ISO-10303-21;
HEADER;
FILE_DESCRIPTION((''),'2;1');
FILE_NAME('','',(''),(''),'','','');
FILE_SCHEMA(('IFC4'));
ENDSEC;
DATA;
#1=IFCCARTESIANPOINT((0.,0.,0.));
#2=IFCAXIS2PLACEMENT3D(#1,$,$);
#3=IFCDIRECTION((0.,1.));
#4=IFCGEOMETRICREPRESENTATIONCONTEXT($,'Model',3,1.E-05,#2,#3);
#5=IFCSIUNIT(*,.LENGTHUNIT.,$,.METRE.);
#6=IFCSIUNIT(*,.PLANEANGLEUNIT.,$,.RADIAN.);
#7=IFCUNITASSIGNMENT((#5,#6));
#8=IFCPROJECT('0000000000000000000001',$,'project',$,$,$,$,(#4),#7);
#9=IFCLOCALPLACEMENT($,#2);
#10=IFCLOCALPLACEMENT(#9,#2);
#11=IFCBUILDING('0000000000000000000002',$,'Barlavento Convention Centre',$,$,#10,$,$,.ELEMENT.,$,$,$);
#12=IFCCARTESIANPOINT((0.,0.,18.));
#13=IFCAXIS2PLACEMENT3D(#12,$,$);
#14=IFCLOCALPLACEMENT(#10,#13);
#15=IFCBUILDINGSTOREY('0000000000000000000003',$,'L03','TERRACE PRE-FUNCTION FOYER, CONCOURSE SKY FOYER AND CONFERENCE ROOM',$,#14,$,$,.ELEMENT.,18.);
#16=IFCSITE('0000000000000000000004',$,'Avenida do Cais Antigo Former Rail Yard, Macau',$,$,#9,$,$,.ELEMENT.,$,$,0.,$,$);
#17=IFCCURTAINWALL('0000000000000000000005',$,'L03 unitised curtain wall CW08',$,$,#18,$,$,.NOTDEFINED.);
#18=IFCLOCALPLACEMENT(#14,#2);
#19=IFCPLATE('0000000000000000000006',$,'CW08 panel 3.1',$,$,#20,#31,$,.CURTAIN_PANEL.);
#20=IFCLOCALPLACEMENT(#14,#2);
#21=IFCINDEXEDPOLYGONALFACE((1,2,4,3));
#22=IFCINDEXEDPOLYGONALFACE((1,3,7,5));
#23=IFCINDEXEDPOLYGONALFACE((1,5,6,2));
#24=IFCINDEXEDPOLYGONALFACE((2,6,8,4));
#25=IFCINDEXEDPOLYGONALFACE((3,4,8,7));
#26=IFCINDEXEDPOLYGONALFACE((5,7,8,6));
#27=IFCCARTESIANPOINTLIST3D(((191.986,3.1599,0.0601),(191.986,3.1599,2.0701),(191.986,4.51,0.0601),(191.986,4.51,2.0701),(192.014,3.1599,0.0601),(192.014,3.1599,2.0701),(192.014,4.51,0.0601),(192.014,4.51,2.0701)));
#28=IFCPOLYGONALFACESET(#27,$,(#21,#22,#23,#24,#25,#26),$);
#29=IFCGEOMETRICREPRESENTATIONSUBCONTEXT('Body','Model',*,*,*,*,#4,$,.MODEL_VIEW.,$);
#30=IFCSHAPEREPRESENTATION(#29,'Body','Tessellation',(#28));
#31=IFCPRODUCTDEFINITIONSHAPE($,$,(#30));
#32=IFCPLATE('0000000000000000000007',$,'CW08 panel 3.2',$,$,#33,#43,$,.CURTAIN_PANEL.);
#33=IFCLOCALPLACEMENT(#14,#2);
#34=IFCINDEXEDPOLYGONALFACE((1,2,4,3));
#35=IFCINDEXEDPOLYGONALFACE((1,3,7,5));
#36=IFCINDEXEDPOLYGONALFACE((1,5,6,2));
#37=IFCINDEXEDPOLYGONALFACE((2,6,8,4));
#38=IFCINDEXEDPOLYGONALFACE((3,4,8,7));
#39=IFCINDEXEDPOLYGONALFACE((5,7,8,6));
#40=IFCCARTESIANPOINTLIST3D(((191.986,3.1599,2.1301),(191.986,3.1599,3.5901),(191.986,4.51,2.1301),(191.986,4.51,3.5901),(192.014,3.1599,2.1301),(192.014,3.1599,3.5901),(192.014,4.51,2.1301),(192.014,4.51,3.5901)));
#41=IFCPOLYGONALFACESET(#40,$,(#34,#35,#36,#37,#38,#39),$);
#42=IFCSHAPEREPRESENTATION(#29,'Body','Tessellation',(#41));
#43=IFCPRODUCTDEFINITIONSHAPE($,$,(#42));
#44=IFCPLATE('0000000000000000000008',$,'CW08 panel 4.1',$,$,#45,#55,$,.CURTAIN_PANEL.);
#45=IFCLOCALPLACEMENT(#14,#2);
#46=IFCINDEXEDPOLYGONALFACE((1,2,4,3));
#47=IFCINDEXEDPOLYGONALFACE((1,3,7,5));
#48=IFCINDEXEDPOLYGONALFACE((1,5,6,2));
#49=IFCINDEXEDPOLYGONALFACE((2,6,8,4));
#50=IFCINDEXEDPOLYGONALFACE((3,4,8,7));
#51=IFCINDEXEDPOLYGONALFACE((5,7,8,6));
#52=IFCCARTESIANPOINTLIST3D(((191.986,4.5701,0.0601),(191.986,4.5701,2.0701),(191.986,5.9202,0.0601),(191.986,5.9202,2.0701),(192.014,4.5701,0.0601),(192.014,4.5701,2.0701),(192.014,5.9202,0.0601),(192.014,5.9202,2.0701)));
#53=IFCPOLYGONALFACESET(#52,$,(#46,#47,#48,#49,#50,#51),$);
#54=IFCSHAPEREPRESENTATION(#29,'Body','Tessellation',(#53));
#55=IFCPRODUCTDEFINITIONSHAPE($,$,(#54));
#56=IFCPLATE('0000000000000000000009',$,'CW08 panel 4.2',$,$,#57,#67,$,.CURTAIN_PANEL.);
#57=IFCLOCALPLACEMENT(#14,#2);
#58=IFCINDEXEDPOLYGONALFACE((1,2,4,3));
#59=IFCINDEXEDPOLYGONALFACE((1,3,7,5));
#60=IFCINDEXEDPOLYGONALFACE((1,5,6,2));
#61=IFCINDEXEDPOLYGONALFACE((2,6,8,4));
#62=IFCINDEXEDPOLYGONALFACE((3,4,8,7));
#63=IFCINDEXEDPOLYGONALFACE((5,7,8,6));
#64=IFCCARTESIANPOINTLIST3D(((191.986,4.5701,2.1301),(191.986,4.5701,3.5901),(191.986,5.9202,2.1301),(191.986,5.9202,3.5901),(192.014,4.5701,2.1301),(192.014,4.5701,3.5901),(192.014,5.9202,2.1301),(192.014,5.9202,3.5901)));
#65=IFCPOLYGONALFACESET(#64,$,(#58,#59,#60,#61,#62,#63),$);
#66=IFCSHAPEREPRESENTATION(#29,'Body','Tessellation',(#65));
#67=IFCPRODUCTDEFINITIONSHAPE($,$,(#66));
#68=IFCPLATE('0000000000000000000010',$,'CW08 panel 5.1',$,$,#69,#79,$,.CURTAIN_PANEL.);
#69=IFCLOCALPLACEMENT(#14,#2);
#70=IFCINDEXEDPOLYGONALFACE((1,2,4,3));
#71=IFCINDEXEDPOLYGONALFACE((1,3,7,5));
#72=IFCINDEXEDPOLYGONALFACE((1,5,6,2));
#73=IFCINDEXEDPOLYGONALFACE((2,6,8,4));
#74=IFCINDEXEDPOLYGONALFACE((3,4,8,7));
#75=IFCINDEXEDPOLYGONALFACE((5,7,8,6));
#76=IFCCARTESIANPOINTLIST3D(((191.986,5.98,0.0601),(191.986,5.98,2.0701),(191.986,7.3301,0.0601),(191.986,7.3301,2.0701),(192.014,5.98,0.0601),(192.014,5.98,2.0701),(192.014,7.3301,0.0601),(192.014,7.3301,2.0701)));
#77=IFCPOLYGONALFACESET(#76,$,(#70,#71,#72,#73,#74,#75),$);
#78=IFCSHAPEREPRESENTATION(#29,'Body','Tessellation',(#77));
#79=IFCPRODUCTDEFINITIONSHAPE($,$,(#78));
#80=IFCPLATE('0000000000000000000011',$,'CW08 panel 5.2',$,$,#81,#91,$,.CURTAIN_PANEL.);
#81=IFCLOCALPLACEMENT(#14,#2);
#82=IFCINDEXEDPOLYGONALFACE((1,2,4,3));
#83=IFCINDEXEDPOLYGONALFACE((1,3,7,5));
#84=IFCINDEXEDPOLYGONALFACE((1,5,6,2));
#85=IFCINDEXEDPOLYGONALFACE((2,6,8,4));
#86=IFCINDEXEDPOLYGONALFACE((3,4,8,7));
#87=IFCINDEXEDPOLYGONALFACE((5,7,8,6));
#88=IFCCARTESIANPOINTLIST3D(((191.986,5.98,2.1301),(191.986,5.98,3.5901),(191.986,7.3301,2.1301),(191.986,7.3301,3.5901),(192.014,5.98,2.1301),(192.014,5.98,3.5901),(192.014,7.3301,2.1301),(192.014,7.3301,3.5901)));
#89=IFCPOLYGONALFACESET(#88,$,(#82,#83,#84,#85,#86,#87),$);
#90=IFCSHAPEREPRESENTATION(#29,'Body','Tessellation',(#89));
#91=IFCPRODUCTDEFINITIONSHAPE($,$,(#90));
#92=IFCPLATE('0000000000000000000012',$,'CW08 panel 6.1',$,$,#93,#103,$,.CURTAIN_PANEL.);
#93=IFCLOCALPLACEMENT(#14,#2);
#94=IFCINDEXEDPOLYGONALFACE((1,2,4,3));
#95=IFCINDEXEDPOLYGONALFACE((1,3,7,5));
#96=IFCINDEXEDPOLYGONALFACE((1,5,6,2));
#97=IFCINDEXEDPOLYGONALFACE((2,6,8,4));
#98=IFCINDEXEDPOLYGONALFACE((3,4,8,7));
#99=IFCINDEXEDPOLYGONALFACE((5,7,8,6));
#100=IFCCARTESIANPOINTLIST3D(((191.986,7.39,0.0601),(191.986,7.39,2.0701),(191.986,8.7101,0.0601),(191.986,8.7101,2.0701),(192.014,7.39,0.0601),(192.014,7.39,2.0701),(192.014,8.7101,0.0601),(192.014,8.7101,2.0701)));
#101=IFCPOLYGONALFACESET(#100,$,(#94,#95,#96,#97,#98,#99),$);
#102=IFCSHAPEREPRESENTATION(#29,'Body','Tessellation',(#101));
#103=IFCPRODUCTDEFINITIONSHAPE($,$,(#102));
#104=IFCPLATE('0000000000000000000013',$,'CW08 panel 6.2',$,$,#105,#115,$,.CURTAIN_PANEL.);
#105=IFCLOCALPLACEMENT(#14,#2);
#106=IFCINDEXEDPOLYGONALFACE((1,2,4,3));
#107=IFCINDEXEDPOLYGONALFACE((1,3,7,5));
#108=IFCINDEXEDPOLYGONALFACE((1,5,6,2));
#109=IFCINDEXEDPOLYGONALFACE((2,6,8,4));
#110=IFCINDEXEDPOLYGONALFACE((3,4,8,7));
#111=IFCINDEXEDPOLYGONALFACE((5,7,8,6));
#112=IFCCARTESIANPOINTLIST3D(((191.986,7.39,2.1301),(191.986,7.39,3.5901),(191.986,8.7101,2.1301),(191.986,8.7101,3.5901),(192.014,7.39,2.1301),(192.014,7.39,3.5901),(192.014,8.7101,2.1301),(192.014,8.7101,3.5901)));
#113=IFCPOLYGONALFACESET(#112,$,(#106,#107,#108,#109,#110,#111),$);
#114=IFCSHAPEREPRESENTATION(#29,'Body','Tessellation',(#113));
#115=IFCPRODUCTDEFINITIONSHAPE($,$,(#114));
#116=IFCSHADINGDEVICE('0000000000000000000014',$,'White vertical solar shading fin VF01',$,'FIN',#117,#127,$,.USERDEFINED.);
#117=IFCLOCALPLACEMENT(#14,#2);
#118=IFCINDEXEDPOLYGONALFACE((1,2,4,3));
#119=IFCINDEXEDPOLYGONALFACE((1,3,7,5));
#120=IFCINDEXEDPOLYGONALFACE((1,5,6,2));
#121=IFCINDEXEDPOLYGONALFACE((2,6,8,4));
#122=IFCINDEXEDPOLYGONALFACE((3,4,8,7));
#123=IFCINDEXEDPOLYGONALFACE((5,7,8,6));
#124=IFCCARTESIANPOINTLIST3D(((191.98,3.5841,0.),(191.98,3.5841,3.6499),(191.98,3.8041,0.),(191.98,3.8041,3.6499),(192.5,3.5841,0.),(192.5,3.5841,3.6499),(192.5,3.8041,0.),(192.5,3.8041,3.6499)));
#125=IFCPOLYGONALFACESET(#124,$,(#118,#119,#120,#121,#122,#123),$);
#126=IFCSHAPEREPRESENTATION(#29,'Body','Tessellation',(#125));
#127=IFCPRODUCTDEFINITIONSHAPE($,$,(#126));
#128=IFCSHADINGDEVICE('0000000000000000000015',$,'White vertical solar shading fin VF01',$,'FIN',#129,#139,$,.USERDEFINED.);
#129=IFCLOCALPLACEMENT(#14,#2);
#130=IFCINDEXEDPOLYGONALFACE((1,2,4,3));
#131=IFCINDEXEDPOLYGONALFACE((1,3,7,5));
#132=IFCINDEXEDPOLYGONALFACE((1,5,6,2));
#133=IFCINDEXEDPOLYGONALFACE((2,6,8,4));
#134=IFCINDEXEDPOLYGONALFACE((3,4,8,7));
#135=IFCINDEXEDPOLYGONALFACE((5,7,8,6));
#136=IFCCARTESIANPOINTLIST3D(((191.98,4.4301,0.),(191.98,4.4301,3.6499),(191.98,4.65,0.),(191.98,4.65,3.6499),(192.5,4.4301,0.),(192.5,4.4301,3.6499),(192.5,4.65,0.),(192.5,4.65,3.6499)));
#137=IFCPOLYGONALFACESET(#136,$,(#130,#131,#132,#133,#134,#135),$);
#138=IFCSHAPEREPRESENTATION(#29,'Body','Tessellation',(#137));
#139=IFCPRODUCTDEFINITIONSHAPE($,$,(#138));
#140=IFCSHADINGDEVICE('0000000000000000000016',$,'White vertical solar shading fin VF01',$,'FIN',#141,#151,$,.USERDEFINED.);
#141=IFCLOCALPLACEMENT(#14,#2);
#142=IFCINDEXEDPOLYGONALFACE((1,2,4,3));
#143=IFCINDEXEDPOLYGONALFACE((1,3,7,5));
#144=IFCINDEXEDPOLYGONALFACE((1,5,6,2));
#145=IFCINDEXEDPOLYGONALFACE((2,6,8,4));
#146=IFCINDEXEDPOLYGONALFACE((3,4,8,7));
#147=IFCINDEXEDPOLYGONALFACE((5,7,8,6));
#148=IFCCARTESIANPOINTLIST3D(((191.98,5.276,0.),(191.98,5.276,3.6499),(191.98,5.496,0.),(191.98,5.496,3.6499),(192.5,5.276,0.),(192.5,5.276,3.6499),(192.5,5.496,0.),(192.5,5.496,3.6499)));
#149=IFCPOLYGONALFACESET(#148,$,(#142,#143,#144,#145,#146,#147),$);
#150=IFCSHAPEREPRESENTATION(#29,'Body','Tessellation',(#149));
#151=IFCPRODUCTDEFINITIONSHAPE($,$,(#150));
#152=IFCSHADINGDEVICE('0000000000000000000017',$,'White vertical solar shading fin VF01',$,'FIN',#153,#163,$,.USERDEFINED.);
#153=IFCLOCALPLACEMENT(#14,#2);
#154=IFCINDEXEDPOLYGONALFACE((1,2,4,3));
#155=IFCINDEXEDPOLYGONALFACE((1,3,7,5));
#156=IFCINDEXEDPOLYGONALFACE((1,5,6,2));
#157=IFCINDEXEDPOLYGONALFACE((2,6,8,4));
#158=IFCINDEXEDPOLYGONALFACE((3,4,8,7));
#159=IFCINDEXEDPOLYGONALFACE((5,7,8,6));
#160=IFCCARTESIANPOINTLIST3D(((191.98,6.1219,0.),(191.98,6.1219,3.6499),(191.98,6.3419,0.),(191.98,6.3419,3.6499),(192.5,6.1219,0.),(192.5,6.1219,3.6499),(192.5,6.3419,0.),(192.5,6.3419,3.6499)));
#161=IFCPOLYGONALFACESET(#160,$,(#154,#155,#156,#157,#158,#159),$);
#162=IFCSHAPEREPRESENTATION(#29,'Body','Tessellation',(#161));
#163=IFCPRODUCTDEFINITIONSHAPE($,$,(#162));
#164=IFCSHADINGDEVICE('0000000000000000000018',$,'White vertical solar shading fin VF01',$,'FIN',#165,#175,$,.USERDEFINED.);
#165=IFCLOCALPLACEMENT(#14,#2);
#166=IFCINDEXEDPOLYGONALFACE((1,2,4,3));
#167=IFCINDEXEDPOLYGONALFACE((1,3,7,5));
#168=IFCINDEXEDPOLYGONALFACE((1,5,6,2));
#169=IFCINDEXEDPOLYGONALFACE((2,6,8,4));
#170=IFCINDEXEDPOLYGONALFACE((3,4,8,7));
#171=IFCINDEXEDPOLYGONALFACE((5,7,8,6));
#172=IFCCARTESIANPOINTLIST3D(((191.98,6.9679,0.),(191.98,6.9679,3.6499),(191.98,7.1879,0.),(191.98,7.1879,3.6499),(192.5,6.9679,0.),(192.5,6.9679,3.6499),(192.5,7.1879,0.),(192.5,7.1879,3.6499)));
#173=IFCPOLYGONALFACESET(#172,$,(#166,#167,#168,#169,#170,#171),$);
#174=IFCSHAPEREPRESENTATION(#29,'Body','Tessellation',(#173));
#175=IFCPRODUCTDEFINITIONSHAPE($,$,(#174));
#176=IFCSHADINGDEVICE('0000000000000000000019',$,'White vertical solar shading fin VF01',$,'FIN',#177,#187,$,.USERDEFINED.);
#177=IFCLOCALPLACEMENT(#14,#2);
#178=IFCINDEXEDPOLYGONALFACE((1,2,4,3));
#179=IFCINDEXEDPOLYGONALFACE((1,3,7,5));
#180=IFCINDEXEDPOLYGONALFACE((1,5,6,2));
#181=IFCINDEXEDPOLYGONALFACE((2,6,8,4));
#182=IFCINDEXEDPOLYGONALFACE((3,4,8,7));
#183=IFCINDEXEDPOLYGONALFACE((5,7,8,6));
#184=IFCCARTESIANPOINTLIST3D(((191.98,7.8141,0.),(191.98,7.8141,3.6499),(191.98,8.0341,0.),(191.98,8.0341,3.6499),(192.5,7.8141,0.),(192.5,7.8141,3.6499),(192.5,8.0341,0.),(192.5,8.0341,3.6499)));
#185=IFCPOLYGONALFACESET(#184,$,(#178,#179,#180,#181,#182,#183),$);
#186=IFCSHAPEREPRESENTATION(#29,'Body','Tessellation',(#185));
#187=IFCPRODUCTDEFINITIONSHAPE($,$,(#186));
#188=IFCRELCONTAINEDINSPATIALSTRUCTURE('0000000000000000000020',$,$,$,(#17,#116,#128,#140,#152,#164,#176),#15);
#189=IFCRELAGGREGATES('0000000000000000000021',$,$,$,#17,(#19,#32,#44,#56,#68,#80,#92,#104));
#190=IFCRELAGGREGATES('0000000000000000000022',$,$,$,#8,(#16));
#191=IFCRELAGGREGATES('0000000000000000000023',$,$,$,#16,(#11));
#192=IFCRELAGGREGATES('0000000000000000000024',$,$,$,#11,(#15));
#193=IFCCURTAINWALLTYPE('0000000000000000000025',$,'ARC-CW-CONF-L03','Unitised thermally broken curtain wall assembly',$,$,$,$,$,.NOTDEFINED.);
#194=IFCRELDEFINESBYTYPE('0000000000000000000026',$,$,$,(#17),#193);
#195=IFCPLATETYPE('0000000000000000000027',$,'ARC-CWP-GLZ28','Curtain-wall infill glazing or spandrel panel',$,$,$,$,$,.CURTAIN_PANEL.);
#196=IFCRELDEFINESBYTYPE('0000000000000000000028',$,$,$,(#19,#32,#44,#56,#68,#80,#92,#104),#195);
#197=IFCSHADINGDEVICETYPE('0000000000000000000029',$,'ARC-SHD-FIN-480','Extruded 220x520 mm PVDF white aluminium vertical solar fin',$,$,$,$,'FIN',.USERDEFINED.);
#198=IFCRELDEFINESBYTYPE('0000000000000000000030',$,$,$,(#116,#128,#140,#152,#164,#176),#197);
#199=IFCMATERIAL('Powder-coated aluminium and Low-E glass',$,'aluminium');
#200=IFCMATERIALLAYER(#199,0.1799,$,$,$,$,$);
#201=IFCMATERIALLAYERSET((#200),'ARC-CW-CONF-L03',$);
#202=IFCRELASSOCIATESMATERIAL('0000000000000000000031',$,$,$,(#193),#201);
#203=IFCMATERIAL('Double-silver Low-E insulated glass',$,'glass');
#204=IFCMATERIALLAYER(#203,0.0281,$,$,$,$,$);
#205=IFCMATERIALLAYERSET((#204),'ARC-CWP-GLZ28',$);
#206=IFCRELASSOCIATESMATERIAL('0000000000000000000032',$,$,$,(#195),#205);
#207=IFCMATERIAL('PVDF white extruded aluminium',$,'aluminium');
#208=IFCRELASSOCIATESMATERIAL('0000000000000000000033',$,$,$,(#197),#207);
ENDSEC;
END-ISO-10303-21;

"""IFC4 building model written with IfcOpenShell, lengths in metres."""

from ifc_helpers import new_model, si_unit, direction, frame, origin, origin_2d, place, context, subcontext, project, spatial, rectangle, extrude, material, layer, layer_set, type_object, element, aggregate, save


model = new_model("IFC4")

# Units and contexts
model_context = context("Model", 3, precision=1e-05, world=origin(), true_north=direction((0.0, 1.0)))
body_context = subcontext(model_context, "Body", "Model", "MODEL_VIEW")
ifc_project = project(units=[si_unit("LENGTHUNIT", "METRE"), si_unit("PLANEANGLEUNIT", "RADIAN")], contexts=[model_context])

# Site, building, storey
site_placement = place(None, origin())
site = spatial("IfcSite", under=ifc_project, at=site_placement, Name="Avenida do Cais Antigo Former Rail Yard, Macau", CompositionType="ELEMENT", RefElevation=0.0)
building_placement = place(site_placement, origin())
building = spatial("IfcBuilding", under=site, at=building_placement, Name="Barlavento Convention Centre", CompositionType="ELEMENT")
storey_placement = place(building_placement, frame((0.0, 0.0, 18.0)))
storey = spatial("IfcBuildingStorey", under=building, at=storey_placement, Name="L03", Description="TERRACE PRE-FUNCTION FOYER, CONCOURSE SKY FOYER AND CONFERENCE ROOM", CompositionType="ELEMENT", Elevation=18.0)

# Curtain wall
ifc_material_1 = material(Name="Powder-coated aluminium and Low-E glass", Category="aluminium")
ifc_layer_1 = layer(ifc_material_1, 0.1799)
ifc_layer_set_1 = layer_set([ifc_layer_1], Name="ARC-CW-CONF-L03")
curtain_wall_type = type_object("IfcCurtainWallType", Name="ARC-CW-CONF-L03", Description="Unitised thermally broken curtain wall assembly", PredefinedType="NOTDEFINED", material=ifc_layer_set_1)
curtain_wall_1_placement = place(storey_placement, origin())
curtain_wall_1 = element("IfcCurtainWall", 1, at=curtain_wall_1_placement, inside=storey, type_object=curtain_wall_type, Name="L03 unitised curtain wall CW08", PredefinedType="NOTDEFINED")

# Plates
ifc_material_2 = material(Name="Double-silver Low-E insulated glass", Category="glass")
ifc_layer_2 = layer(ifc_material_2, 0.0281)
ifc_layer_set_2 = layer_set([ifc_layer_2], Name="ARC-CWP-GLZ28")
plate_type = type_object("IfcPlateType", Name="ARC-CWP-GLZ28", Description="Curtain-wall infill glazing or spandrel panel", PredefinedType="CURTAIN_PANEL", material=ifc_layer_set_2)
plate_1_placement = place(storey_placement, frame((192.0, 3.835, 0.0601), z_axis=(0.0, 0.0, 1.0), x_axis=(0.0, 1.0, 0.0)))
plate_1 = element("IfcPlate", 2, at=plate_1_placement, type_object=plate_type, Name="CW08 panel 3.1", PredefinedType="CURTAIN_PANEL", context=body_context, shape_type="SweptSolid", body=[
    extrude(rectangle(XDim=1.3501, YDim=0.0281, at=origin_2d()), origin(), (0.0, 0.0, 1.0), 2.01),
])
plate_2_placement = place(storey_placement, frame((192.0, 3.835, 2.1301), z_axis=(0.0, 0.0, 1.0), x_axis=(0.0, 1.0, 0.0)))
plate_2 = element("IfcPlate", 3, at=plate_2_placement, type_object=plate_type, Name="CW08 panel 3.2", PredefinedType="CURTAIN_PANEL", context=body_context, shape_type="SweptSolid", body=[
    extrude(rectangle(XDim=1.3501, YDim=0.0281, at=origin_2d()), origin(), (0.0, 0.0, 1.0), 1.46),
])
plate_3_placement = place(storey_placement, frame((192.0, 5.2451, 0.0601), z_axis=(0.0, 0.0, 1.0), x_axis=(0.0, 1.0, 0.0)))
plate_3 = element("IfcPlate", 4, at=plate_3_placement, type_object=plate_type, Name="CW08 panel 4.1", PredefinedType="CURTAIN_PANEL", context=body_context, shape_type="SweptSolid", body=[
    extrude(rectangle(XDim=1.3501, YDim=0.0281, at=origin_2d()), origin(), (0.0, 0.0, 1.0), 2.01),
])
plate_4_placement = place(storey_placement, frame((192.0, 5.2451, 2.1301), z_axis=(0.0, 0.0, 1.0), x_axis=(0.0, 1.0, 0.0)))
plate_4 = element("IfcPlate", 5, at=plate_4_placement, type_object=plate_type, Name="CW08 panel 4.2", PredefinedType="CURTAIN_PANEL", context=body_context, shape_type="SweptSolid", body=[
    extrude(rectangle(XDim=1.3501, YDim=0.0281, at=origin_2d()), origin(), (0.0, 0.0, 1.0), 1.46),
])
plate_5_placement = place(storey_placement, frame((192.0, 6.655, 0.0601), z_axis=(0.0, 0.0, 1.0), x_axis=(0.0, 1.0, 0.0)))
plate_5 = element("IfcPlate", 6, at=plate_5_placement, type_object=plate_type, Name="CW08 panel 5.1", PredefinedType="CURTAIN_PANEL", context=body_context, shape_type="SweptSolid", body=[
    extrude(rectangle(XDim=1.3501, YDim=0.0281, at=origin_2d()), origin(), (0.0, 0.0, 1.0), 2.01),
])
plate_6_placement = place(storey_placement, frame((192.0, 6.655, 2.1301), z_axis=(0.0, 0.0, 1.0), x_axis=(0.0, 1.0, 0.0)))
plate_6 = element("IfcPlate", 7, at=plate_6_placement, type_object=plate_type, Name="CW08 panel 5.2", PredefinedType="CURTAIN_PANEL", context=body_context, shape_type="SweptSolid", body=[
    extrude(rectangle(XDim=1.3501, YDim=0.0281, at=origin_2d()), origin(), (0.0, 0.0, 1.0), 1.46),
])
plate_7_placement = place(storey_placement, frame((192.0, 8.05, 0.0601), z_axis=(0.0, 0.0, 1.0), x_axis=(0.0, 1.0, 0.0)))
plate_7 = element("IfcPlate", 8, at=plate_7_placement, type_object=plate_type, Name="CW08 panel 6.1", PredefinedType="CURTAIN_PANEL", context=body_context, shape_type="SweptSolid", body=[
    extrude(rectangle(XDim=1.3201, YDim=0.0281, at=origin_2d()), origin(), (0.0, 0.0, 1.0), 2.01),
])
plate_8_placement = place(storey_placement, frame((192.0, 8.05, 2.1301), z_axis=(0.0, 0.0, 1.0), x_axis=(0.0, 1.0, 0.0)))
plate_8 = element("IfcPlate", 9, at=plate_8_placement, type_object=plate_type, Name="CW08 panel 6.2", PredefinedType="CURTAIN_PANEL", context=body_context, shape_type="SweptSolid", body=[
    extrude(rectangle(XDim=1.3201, YDim=0.0281, at=origin_2d()), origin(), (0.0, 0.0, 1.0), 1.46),
])
aggregate(curtain_wall_1, [plate_1, plate_2, plate_3, plate_4, plate_5, plate_6, plate_7, plate_8])

# Shading devices
ifc_material_3 = material(Name="PVDF white extruded aluminium", Category="aluminium")
shading_device_type = type_object("IfcShadingDeviceType", Name="ARC-SHD-FIN-480", Description="Extruded 220x520 mm PVDF white aluminium vertical solar fin", ElementType="FIN", PredefinedType="USERDEFINED", material=ifc_material_3)
for number, where, z_axis, x_axis, name in (
    (10, (192.24, 3.6941, 0.0), (0.0, 0.0, 1.0), (0.0, 1.0, 0.0), "White vertical solar shading fin VF01"),
    (11, (192.24, 4.54, 0.0), (0.0, 0.0, 1.0), (0.0, 1.0, 0.0), "White vertical solar shading fin VF01"),
    (12, (192.24, 5.386, 0.0), (0.0, 0.0, 1.0), (0.0, 1.0, 0.0), "White vertical solar shading fin VF01"),
    (13, (192.24, 6.2319, 0.0), (0.0, 0.0, 1.0), (0.0, 1.0, 0.0), "White vertical solar shading fin VF01"),
    (14, (192.24, 7.0779, 0.0), (0.0, 0.0, 1.0), (0.0, 1.0, 0.0), "White vertical solar shading fin VF01"),
    (15, (192.24, 7.9241, 0.0), (0.0, 0.0, 1.0), (0.0, 1.0, 0.0), "White vertical solar shading fin VF01"),
):
    element("IfcShadingDevice", number, at=place(storey_placement, frame(where, z_axis=z_axis, x_axis=x_axis)), inside=storey, type_object=shading_device_type, Name=name, ObjectType="FIN", PredefinedType="USERDEFINED", context=body_context, shape_type="SweptSolid", body=[
        extrude(rectangle(XDim=0.22, YDim=0.52, at=origin_2d()), origin(), (0.0, 0.0, 1.0), 3.6499),
    ])

save(model, "model.ifc")
